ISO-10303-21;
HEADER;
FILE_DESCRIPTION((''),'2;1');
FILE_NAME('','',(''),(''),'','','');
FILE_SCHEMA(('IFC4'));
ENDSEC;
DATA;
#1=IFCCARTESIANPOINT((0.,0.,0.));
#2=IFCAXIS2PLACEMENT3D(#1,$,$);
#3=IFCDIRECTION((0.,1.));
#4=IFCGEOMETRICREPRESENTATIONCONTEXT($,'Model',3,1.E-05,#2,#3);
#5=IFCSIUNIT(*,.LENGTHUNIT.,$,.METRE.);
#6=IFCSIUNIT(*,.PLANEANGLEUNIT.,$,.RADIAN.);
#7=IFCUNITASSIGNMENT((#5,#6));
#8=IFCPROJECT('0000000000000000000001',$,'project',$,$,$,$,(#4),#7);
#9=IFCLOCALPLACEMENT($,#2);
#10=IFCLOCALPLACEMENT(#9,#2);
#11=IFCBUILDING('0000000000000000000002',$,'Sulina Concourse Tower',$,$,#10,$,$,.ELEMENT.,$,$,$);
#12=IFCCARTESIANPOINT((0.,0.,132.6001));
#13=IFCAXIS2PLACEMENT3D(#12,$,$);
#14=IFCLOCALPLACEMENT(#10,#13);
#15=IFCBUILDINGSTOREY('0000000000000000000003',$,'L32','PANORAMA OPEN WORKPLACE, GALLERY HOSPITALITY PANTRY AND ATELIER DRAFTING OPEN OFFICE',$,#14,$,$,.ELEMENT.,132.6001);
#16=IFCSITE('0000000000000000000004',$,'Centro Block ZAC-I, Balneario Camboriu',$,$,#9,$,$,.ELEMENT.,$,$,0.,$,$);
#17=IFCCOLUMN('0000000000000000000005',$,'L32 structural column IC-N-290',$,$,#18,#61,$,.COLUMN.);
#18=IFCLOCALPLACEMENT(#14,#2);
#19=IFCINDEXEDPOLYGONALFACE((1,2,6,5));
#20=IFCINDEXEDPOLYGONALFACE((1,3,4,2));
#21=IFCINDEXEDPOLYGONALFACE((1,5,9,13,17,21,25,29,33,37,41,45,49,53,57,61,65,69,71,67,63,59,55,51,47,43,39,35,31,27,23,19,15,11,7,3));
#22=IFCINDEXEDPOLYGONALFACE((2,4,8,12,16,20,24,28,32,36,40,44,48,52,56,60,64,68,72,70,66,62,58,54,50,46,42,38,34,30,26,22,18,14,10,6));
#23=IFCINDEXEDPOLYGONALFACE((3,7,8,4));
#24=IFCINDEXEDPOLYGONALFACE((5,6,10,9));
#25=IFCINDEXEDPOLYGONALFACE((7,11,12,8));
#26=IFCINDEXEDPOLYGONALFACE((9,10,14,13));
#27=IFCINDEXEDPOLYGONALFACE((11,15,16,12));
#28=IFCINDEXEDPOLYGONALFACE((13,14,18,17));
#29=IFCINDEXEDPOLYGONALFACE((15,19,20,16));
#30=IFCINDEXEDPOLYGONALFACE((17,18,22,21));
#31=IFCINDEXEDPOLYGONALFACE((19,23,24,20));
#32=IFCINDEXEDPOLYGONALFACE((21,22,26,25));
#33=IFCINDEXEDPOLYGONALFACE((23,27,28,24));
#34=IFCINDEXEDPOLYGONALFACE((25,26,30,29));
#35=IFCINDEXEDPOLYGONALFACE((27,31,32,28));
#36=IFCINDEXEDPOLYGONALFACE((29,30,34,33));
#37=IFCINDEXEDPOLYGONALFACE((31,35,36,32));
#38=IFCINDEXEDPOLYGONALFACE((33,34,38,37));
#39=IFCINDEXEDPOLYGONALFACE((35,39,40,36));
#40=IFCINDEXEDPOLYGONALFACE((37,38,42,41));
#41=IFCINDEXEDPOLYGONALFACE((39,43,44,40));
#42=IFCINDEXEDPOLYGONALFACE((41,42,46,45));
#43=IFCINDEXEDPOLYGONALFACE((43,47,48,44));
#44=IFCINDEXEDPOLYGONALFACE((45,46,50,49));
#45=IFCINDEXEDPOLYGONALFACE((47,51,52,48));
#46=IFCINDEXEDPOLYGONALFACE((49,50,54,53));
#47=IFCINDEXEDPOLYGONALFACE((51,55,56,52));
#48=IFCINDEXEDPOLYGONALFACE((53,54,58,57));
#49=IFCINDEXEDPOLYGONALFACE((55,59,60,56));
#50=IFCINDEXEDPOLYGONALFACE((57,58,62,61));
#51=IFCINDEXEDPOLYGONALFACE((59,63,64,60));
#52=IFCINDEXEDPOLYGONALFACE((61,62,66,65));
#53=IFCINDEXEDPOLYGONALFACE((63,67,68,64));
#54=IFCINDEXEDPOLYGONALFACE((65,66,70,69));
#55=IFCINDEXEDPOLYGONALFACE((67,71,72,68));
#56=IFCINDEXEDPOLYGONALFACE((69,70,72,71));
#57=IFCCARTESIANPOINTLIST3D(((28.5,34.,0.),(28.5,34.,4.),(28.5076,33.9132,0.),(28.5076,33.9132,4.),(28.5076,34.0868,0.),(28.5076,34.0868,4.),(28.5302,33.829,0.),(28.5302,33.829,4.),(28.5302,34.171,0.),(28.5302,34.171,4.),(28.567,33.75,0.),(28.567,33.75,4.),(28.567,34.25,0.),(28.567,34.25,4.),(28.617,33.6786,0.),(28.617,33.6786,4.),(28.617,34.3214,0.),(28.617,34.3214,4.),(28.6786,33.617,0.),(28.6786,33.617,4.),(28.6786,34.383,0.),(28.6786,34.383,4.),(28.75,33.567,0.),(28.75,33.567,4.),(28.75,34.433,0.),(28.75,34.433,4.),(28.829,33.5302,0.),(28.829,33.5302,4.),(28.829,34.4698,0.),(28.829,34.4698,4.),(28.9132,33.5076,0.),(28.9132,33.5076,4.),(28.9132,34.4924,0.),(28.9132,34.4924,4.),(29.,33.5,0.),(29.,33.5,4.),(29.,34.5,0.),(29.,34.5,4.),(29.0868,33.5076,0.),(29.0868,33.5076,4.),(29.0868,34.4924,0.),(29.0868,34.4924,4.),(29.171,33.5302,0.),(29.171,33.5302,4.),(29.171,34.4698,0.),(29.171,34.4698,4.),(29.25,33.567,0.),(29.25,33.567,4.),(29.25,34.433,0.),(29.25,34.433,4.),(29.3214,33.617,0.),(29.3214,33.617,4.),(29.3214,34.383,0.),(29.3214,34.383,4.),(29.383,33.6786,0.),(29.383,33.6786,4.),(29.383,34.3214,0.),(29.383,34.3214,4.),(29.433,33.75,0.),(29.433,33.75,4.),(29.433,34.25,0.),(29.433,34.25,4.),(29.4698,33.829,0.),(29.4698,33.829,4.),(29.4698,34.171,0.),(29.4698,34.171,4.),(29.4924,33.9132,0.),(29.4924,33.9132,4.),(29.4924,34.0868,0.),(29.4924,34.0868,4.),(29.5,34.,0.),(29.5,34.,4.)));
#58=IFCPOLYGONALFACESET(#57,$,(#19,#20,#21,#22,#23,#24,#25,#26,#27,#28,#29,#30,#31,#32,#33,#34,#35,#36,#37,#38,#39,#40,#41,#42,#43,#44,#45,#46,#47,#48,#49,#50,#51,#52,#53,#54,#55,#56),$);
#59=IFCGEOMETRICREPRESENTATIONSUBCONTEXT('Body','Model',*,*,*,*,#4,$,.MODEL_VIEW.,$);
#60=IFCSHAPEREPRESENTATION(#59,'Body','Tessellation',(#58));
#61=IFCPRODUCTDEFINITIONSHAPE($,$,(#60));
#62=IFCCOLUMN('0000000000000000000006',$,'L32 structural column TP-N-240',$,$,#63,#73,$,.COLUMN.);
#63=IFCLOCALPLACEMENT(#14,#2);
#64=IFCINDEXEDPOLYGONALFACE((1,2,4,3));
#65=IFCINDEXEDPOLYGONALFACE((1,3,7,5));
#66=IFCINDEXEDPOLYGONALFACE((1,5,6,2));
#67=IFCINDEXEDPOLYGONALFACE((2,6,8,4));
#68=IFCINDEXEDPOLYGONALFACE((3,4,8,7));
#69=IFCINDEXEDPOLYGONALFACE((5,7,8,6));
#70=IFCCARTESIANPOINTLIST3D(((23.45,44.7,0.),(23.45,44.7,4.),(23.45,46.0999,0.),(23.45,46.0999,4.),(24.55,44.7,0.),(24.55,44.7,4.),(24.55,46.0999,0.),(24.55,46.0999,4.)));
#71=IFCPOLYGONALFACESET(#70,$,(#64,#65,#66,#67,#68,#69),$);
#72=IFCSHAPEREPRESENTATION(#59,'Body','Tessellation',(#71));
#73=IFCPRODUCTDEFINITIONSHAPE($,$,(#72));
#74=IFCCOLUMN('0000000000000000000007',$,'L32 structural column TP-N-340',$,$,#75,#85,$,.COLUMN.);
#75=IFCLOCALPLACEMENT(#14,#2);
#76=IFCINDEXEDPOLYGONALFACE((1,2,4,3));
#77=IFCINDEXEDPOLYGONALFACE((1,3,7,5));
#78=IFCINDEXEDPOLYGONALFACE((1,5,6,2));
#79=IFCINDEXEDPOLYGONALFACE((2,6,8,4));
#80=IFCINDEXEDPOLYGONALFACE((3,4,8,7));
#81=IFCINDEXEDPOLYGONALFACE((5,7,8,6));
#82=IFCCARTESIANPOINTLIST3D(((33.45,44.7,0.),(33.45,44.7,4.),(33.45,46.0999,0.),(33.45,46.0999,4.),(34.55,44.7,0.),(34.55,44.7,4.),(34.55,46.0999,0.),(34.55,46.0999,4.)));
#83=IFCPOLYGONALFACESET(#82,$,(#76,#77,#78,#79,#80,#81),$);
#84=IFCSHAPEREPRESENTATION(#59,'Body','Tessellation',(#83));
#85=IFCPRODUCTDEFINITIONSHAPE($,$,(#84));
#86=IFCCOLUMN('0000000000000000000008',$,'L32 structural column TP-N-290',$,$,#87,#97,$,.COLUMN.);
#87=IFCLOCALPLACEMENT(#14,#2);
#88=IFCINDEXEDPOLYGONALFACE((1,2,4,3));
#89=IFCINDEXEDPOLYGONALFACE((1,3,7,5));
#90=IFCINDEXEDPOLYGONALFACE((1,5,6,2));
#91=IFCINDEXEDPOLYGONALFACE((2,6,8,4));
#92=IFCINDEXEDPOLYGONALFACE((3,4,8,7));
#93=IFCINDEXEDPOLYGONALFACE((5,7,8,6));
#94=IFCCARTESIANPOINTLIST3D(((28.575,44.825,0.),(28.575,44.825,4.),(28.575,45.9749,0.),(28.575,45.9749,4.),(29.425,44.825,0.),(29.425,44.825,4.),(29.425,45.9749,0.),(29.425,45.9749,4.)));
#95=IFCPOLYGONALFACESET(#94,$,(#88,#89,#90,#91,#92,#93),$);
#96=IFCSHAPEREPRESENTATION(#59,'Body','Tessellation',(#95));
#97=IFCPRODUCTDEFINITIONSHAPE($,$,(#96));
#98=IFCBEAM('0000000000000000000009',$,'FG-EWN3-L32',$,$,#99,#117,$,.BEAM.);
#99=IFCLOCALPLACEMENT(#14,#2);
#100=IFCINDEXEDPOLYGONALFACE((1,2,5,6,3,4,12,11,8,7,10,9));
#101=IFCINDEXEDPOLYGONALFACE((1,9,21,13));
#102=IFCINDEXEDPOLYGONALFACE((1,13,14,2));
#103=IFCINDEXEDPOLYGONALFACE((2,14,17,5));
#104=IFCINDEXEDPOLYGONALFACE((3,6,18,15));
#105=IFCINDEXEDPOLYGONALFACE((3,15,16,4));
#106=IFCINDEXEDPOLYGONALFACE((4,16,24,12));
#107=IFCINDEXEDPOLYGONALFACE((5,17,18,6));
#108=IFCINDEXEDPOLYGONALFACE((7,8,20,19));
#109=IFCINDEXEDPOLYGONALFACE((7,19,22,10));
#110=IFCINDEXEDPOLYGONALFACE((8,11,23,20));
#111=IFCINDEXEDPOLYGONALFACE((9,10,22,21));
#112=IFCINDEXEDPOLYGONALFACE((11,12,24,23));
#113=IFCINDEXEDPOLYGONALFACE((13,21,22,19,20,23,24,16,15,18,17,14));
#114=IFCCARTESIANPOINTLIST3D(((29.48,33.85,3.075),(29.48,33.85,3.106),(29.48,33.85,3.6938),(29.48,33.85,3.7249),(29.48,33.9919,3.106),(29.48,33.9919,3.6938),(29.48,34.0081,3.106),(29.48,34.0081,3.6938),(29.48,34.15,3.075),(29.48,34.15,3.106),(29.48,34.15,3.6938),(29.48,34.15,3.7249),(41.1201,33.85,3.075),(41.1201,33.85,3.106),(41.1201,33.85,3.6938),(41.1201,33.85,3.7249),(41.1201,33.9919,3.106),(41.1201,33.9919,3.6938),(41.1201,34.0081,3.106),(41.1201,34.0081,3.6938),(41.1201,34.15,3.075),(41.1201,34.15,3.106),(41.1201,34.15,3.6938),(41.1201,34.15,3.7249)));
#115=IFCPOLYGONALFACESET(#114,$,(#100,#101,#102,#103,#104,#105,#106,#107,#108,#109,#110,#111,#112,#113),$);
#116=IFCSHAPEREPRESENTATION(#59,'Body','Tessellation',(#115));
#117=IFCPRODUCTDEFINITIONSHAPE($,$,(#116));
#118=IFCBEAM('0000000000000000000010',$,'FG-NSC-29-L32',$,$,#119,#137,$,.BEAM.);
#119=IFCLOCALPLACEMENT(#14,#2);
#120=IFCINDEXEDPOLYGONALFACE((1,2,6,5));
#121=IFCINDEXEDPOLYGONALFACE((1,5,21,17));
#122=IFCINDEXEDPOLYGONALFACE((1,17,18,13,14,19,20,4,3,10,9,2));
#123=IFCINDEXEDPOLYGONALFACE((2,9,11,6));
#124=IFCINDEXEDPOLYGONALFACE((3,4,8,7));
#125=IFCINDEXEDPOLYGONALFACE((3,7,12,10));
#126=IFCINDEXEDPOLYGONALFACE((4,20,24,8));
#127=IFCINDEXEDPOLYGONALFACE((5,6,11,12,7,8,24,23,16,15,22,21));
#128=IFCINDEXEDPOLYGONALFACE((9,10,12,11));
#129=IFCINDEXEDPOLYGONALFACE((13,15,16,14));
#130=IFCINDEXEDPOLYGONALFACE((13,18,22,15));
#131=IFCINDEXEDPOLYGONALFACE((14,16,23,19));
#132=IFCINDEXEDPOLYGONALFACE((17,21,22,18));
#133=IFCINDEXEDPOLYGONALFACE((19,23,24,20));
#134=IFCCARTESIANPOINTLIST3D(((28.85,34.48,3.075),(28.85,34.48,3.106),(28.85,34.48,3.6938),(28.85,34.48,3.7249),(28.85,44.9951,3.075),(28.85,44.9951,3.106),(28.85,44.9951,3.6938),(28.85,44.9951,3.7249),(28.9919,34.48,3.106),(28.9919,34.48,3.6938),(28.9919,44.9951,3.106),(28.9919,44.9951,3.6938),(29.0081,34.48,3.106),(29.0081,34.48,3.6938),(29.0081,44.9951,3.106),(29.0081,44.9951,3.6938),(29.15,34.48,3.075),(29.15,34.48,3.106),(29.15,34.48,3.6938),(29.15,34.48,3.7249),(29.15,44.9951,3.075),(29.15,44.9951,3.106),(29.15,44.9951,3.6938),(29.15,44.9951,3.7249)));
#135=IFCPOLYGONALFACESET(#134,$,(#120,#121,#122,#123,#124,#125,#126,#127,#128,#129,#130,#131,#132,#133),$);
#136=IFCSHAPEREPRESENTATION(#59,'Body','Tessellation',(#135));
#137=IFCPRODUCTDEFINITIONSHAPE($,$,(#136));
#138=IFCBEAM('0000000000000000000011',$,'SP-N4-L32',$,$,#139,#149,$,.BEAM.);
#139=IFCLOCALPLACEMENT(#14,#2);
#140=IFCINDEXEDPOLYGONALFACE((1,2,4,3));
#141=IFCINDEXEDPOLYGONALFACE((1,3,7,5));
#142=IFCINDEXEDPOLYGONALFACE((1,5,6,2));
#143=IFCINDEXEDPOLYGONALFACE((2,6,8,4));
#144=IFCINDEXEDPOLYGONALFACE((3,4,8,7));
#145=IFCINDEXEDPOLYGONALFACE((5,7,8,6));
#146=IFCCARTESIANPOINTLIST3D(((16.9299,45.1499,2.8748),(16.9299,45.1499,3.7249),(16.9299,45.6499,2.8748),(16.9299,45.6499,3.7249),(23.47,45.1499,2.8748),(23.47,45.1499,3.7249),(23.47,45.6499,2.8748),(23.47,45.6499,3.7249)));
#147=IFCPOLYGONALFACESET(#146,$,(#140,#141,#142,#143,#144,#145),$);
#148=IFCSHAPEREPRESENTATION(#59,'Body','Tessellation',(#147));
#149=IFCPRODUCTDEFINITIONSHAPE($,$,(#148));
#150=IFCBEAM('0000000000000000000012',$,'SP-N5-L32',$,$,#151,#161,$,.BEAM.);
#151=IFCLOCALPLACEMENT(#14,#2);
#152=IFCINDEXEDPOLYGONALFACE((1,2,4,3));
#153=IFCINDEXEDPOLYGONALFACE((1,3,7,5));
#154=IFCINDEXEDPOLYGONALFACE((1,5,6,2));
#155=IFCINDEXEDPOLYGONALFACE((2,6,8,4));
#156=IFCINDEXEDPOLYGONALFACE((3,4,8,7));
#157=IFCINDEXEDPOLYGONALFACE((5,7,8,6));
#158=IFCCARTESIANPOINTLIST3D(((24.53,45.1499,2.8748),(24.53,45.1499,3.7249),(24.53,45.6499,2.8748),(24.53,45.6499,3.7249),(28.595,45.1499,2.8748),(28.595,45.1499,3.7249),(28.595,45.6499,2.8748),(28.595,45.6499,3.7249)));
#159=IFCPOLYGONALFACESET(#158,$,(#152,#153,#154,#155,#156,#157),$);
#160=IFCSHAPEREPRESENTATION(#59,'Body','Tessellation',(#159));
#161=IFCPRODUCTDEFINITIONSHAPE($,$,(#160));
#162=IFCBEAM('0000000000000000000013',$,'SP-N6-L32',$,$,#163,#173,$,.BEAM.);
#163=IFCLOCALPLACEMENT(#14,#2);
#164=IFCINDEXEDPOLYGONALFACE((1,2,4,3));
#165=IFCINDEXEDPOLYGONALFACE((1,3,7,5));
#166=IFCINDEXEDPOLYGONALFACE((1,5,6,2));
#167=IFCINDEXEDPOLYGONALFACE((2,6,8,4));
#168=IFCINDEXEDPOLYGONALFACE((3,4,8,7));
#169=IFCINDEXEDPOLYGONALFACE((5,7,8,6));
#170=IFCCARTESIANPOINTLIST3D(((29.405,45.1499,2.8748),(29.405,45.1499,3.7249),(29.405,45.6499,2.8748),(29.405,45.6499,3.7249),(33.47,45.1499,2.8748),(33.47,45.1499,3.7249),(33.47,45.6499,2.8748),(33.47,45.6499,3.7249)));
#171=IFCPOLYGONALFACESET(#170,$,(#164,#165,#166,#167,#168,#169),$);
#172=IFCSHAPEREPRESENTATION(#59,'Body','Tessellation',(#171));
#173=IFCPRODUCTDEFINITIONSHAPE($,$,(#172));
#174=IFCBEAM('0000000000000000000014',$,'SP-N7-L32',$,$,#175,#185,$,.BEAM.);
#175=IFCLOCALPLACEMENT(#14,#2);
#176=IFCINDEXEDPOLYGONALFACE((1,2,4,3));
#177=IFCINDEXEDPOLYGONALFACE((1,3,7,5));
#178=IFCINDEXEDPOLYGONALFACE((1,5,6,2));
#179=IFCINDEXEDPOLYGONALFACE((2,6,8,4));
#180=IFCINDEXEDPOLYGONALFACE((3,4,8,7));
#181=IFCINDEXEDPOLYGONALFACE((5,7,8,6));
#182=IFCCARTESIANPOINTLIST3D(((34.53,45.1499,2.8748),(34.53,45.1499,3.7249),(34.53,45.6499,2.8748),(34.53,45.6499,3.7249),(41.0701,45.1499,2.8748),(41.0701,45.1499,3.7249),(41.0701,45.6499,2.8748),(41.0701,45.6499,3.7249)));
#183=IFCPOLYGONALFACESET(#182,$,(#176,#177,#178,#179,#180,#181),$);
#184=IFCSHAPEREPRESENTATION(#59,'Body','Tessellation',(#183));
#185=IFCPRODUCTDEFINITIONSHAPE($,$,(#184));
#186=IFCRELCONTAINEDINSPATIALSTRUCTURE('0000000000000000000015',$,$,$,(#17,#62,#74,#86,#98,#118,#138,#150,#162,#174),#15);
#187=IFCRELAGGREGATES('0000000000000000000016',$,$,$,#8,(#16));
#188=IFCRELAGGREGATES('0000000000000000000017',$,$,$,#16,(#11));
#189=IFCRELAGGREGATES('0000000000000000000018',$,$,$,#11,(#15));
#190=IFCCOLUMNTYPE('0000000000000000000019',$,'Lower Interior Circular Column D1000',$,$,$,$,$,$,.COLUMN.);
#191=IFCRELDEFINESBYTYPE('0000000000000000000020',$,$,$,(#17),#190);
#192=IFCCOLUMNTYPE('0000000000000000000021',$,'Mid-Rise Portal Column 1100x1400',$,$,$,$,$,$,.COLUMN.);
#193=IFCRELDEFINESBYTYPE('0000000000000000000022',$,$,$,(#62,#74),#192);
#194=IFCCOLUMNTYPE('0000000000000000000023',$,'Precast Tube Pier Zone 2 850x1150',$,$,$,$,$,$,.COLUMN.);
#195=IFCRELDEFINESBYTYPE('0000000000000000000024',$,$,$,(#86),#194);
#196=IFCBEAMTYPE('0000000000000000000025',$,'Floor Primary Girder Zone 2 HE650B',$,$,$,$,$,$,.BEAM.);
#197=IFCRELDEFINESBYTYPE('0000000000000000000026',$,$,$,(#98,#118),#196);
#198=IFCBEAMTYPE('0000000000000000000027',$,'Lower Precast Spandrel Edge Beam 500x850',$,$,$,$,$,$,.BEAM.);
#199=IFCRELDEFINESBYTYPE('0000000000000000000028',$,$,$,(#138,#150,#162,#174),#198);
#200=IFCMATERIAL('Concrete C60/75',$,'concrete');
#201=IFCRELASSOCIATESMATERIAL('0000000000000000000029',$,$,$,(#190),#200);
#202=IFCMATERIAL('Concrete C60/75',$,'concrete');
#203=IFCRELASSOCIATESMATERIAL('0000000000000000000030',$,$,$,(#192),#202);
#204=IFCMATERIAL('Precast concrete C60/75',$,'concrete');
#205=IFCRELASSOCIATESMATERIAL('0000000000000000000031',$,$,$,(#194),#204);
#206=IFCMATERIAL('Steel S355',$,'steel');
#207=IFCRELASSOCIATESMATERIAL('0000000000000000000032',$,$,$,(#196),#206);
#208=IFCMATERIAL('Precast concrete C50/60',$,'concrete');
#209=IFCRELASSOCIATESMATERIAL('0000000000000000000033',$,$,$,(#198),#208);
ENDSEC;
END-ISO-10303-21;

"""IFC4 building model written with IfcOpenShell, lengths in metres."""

from ifc_helpers import new_model, si_unit, direction, frame, origin, origin_2d, place, context, subcontext, project, spatial, rectangle, circle, i_section, extrude, material, material_profile, profile_set, type_object, element, save


model = new_model("IFC4")

# Units and contexts
model_context = context("Model", 3, precision=1e-05, world=origin(), true_north=direction((0.0, 1.0)))
body_context = subcontext(model_context, "Body", "Model", "MODEL_VIEW")
ifc_project = project(units=[si_unit("LENGTHUNIT", "METRE"), si_unit("PLANEANGLEUNIT", "RADIAN")], contexts=[model_context])

# Site, building, storey
site_placement = place(None, origin())
site = spatial("IfcSite", under=ifc_project, at=site_placement, Name="Centro Block ZAC-I, Balneario Camboriu", CompositionType="ELEMENT", RefElevation=0.0)
building_placement = place(site_placement, origin())
building = spatial("IfcBuilding", under=site, at=building_placement, Name="Sulina Concourse Tower", CompositionType="ELEMENT")
storey_placement = place(building_placement, frame((0.0, 0.0, 132.6001)))
storey = spatial("IfcBuildingStorey", under=building, at=storey_placement, Name="L32", Description="PANORAMA OPEN WORKPLACE, GALLERY HOSPITALITY PANTRY AND ATELIER DRAFTING OPEN OFFICE", CompositionType="ELEMENT", Elevation=132.6001)

# Columns
ifc_material_1 = material(Name="Concrete C60/75", Category="concrete")
ifc_material_profile_1 = material_profile(ifc_material_1, circle(Radius=0.5, at=origin_2d()), Name="RC D1000")
ifc_profile_set_1 = profile_set([ifc_material_profile_1], Name="Concrete C60/75")
column_type_1 = type_object("IfcColumnType", Name="Lower Interior Circular Column D1000", PredefinedType="COLUMN", material=ifc_profile_set_1)
column_1_placement = place(storey_placement, frame((29.0, 34.0, 0.0), z_axis=(0.0, 0.0, 1.0), x_axis=(1.0, 0.0, 0.0)))
element("IfcColumn", 1, at=column_1_placement, inside=storey, type_object=column_type_1, Name="L32 structural column IC-N-290", PredefinedType="COLUMN", context=body_context, shape_type="SweptSolid", body=[
    extrude(circle(Radius=0.5, at=origin_2d()), origin(), (0.0, 0.0, 1.0), 4.0),
])
ifc_material_2 = material(Name="Concrete C60/75", Category="concrete")
ifc_material_profile_2 = material_profile(ifc_material_2, rectangle(XDim=1.1001, YDim=1.3999, at=origin_2d()), Name="RC 1100x1400")
ifc_profile_set_2 = profile_set([ifc_material_profile_2], Name="Concrete C60/75")
column_type_2 = type_object("IfcColumnType", Name="Mid-Rise Portal Column 1100x1400", PredefinedType="COLUMN", material=ifc_profile_set_2)
for number, where, z_axis, x_axis, name in (
    (2, (24.0, 45.3999, 0.0), (0.0, 0.0, 1.0), (1.0, 0.0, 0.0), "L32 structural column TP-N-240"),
    (3, (34.0, 45.3999, 0.0), (0.0, 0.0, 1.0), (1.0, 0.0, 0.0), "L32 structural column TP-N-340"),
):
    element("IfcColumn", number, at=place(storey_placement, frame(where, z_axis=z_axis, x_axis=x_axis)), inside=storey, type_object=column_type_2, Name=name, PredefinedType="COLUMN", context=body_context, shape_type="SweptSolid", body=[
        extrude(rectangle(XDim=1.1001, YDim=1.3999, at=origin_2d()), origin(), (0.0, 0.0, 1.0), 4.0),
    ])
ifc_material_3 = material(Name="Precast concrete C60/75", Category="concrete")
ifc_material_profile_3 = material_profile(ifc_material_3, rectangle(XDim=0.8501, YDim=1.1499, at=origin_2d()), Name="PC 850x1150")
ifc_profile_set_3 = profile_set([ifc_material_profile_3], Name="Precast concrete C60/75")
column_type_3 = type_object("IfcColumnType", Name="Precast Tube Pier Zone 2 850x1150", PredefinedType="COLUMN", material=ifc_profile_set_3)
column_2_placement = place(storey_placement, frame((29.0, 45.3999, 0.0), z_axis=(0.0, 0.0, 1.0), x_axis=(1.0, 0.0, 0.0)))
element("IfcColumn", 4, at=column_2_placement, inside=storey, type_object=column_type_3, Name="L32 structural column TP-N-290", PredefinedType="COLUMN", context=body_context, shape_type="SweptSolid", body=[
    extrude(rectangle(XDim=0.8501, YDim=1.1499, at=origin_2d()), origin(), (0.0, 0.0, 1.0), 4.0),
])

# Beams
ifc_material_4 = material(Name="Steel S355", Category="steel")
ifc_material_profile_4 = material_profile(ifc_material_4, i_section(OverallWidth=0.3, OverallDepth=0.6499, WebThickness=0.0161, FlangeThickness=0.031, at=origin_2d()), Name="HE 650 B")
ifc_profile_set_4 = profile_set([ifc_material_profile_4], Name="Steel S355")
beam_type_1 = type_object("IfcBeamType", Name="Floor Primary Girder Zone 2 HE650B", PredefinedType="BEAM", material=ifc_profile_set_4)
beam_1_placement = place(storey_placement, frame((29.48, 34.0, 3.3999), z_axis=(1.0, 0.0, 0.0), x_axis=(0.0, 1.0, 0.0)))
element("IfcBeam", 5, at=beam_1_placement, inside=storey, type_object=beam_type_1, Name="FG-EWN3-L32", PredefinedType="BEAM", context=body_context, shape_type="SweptSolid", body=[
    extrude(i_section(OverallWidth=0.3, OverallDepth=0.6499, WebThickness=0.0161, FlangeThickness=0.031, at=origin_2d()), origin(), (0.0, 0.0, 1.0), 11.6401),
])
beam_2_placement = place(storey_placement, frame((29.0, 34.48, 3.3999), z_axis=(0.0, 1.0, 0.0), x_axis=(-1.0, 0.0, 0.0)))
element("IfcBeam", 6, at=beam_2_placement, inside=storey, type_object=beam_type_1, Name="FG-NSC-29-L32", PredefinedType="BEAM", context=body_context, shape_type="SweptSolid", body=[
    extrude(i_section(OverallWidth=0.3, OverallDepth=0.6499, WebThickness=0.0161, FlangeThickness=0.031, at=origin_2d()), origin(), (0.0, 0.0, 1.0), 10.5151),
])
ifc_material_5 = material(Name="Precast concrete C50/60", Category="concrete")
ifc_material_profile_5 = material_profile(ifc_material_5, rectangle(XDim=0.5, YDim=0.8501, at=origin_2d()), Name="RC 500x850")
ifc_profile_set_5 = profile_set([ifc_material_profile_5], Name="Precast concrete C50/60")
beam_type_2 = type_object("IfcBeamType", Name="Lower Precast Spandrel Edge Beam 500x850", PredefinedType="BEAM", material=ifc_profile_set_5)
beam_3_placement = place(storey_placement, frame((16.9299, 45.3999, 3.2998), z_axis=(1.0, 0.0, 0.0), x_axis=(0.0, 1.0, 0.0)))
element("IfcBeam", 7, at=beam_3_placement, inside=storey, type_object=beam_type_2, Name="SP-N4-L32", PredefinedType="BEAM", context=body_context, shape_type="SweptSolid", body=[
    extrude(rectangle(XDim=0.5, YDim=0.8501, at=origin_2d()), origin(), (0.0, 0.0, 1.0), 6.54),
])
for number, where, z_axis, x_axis, name in (
    (8, (24.53, 45.3999, 3.2998), (1.0, 0.0, 0.0), (0.0, 1.0, 0.0), "SP-N5-L32"),
    (9, (29.405, 45.3999, 3.2998), (1.0, 0.0, 0.0), (0.0, 1.0, 0.0), "SP-N6-L32"),
):
    element("IfcBeam", number, at=place(storey_placement, frame(where, z_axis=z_axis, x_axis=x_axis)), inside=storey, type_object=beam_type_2, Name=name, PredefinedType="BEAM", context=body_context, shape_type="SweptSolid", body=[
        extrude(rectangle(XDim=0.5, YDim=0.8501, at=origin_2d()), origin(), (0.0, 0.0, 1.0), 4.0649),
    ])
beam_4_placement = place(storey_placement, frame((34.53, 45.3999, 3.2998), z_axis=(1.0, 0.0, 0.0), x_axis=(0.0, 1.0, 0.0)))
element("IfcBeam", 10, at=beam_4_placement, inside=storey, type_object=beam_type_2, Name="SP-N7-L32", PredefinedType="BEAM", context=body_context, shape_type="SweptSolid", body=[
    extrude(rectangle(XDim=0.5, YDim=0.8501, at=origin_2d()), origin(), (0.0, 0.0, 1.0), 6.54),
])

save(model, "model.ifc")
